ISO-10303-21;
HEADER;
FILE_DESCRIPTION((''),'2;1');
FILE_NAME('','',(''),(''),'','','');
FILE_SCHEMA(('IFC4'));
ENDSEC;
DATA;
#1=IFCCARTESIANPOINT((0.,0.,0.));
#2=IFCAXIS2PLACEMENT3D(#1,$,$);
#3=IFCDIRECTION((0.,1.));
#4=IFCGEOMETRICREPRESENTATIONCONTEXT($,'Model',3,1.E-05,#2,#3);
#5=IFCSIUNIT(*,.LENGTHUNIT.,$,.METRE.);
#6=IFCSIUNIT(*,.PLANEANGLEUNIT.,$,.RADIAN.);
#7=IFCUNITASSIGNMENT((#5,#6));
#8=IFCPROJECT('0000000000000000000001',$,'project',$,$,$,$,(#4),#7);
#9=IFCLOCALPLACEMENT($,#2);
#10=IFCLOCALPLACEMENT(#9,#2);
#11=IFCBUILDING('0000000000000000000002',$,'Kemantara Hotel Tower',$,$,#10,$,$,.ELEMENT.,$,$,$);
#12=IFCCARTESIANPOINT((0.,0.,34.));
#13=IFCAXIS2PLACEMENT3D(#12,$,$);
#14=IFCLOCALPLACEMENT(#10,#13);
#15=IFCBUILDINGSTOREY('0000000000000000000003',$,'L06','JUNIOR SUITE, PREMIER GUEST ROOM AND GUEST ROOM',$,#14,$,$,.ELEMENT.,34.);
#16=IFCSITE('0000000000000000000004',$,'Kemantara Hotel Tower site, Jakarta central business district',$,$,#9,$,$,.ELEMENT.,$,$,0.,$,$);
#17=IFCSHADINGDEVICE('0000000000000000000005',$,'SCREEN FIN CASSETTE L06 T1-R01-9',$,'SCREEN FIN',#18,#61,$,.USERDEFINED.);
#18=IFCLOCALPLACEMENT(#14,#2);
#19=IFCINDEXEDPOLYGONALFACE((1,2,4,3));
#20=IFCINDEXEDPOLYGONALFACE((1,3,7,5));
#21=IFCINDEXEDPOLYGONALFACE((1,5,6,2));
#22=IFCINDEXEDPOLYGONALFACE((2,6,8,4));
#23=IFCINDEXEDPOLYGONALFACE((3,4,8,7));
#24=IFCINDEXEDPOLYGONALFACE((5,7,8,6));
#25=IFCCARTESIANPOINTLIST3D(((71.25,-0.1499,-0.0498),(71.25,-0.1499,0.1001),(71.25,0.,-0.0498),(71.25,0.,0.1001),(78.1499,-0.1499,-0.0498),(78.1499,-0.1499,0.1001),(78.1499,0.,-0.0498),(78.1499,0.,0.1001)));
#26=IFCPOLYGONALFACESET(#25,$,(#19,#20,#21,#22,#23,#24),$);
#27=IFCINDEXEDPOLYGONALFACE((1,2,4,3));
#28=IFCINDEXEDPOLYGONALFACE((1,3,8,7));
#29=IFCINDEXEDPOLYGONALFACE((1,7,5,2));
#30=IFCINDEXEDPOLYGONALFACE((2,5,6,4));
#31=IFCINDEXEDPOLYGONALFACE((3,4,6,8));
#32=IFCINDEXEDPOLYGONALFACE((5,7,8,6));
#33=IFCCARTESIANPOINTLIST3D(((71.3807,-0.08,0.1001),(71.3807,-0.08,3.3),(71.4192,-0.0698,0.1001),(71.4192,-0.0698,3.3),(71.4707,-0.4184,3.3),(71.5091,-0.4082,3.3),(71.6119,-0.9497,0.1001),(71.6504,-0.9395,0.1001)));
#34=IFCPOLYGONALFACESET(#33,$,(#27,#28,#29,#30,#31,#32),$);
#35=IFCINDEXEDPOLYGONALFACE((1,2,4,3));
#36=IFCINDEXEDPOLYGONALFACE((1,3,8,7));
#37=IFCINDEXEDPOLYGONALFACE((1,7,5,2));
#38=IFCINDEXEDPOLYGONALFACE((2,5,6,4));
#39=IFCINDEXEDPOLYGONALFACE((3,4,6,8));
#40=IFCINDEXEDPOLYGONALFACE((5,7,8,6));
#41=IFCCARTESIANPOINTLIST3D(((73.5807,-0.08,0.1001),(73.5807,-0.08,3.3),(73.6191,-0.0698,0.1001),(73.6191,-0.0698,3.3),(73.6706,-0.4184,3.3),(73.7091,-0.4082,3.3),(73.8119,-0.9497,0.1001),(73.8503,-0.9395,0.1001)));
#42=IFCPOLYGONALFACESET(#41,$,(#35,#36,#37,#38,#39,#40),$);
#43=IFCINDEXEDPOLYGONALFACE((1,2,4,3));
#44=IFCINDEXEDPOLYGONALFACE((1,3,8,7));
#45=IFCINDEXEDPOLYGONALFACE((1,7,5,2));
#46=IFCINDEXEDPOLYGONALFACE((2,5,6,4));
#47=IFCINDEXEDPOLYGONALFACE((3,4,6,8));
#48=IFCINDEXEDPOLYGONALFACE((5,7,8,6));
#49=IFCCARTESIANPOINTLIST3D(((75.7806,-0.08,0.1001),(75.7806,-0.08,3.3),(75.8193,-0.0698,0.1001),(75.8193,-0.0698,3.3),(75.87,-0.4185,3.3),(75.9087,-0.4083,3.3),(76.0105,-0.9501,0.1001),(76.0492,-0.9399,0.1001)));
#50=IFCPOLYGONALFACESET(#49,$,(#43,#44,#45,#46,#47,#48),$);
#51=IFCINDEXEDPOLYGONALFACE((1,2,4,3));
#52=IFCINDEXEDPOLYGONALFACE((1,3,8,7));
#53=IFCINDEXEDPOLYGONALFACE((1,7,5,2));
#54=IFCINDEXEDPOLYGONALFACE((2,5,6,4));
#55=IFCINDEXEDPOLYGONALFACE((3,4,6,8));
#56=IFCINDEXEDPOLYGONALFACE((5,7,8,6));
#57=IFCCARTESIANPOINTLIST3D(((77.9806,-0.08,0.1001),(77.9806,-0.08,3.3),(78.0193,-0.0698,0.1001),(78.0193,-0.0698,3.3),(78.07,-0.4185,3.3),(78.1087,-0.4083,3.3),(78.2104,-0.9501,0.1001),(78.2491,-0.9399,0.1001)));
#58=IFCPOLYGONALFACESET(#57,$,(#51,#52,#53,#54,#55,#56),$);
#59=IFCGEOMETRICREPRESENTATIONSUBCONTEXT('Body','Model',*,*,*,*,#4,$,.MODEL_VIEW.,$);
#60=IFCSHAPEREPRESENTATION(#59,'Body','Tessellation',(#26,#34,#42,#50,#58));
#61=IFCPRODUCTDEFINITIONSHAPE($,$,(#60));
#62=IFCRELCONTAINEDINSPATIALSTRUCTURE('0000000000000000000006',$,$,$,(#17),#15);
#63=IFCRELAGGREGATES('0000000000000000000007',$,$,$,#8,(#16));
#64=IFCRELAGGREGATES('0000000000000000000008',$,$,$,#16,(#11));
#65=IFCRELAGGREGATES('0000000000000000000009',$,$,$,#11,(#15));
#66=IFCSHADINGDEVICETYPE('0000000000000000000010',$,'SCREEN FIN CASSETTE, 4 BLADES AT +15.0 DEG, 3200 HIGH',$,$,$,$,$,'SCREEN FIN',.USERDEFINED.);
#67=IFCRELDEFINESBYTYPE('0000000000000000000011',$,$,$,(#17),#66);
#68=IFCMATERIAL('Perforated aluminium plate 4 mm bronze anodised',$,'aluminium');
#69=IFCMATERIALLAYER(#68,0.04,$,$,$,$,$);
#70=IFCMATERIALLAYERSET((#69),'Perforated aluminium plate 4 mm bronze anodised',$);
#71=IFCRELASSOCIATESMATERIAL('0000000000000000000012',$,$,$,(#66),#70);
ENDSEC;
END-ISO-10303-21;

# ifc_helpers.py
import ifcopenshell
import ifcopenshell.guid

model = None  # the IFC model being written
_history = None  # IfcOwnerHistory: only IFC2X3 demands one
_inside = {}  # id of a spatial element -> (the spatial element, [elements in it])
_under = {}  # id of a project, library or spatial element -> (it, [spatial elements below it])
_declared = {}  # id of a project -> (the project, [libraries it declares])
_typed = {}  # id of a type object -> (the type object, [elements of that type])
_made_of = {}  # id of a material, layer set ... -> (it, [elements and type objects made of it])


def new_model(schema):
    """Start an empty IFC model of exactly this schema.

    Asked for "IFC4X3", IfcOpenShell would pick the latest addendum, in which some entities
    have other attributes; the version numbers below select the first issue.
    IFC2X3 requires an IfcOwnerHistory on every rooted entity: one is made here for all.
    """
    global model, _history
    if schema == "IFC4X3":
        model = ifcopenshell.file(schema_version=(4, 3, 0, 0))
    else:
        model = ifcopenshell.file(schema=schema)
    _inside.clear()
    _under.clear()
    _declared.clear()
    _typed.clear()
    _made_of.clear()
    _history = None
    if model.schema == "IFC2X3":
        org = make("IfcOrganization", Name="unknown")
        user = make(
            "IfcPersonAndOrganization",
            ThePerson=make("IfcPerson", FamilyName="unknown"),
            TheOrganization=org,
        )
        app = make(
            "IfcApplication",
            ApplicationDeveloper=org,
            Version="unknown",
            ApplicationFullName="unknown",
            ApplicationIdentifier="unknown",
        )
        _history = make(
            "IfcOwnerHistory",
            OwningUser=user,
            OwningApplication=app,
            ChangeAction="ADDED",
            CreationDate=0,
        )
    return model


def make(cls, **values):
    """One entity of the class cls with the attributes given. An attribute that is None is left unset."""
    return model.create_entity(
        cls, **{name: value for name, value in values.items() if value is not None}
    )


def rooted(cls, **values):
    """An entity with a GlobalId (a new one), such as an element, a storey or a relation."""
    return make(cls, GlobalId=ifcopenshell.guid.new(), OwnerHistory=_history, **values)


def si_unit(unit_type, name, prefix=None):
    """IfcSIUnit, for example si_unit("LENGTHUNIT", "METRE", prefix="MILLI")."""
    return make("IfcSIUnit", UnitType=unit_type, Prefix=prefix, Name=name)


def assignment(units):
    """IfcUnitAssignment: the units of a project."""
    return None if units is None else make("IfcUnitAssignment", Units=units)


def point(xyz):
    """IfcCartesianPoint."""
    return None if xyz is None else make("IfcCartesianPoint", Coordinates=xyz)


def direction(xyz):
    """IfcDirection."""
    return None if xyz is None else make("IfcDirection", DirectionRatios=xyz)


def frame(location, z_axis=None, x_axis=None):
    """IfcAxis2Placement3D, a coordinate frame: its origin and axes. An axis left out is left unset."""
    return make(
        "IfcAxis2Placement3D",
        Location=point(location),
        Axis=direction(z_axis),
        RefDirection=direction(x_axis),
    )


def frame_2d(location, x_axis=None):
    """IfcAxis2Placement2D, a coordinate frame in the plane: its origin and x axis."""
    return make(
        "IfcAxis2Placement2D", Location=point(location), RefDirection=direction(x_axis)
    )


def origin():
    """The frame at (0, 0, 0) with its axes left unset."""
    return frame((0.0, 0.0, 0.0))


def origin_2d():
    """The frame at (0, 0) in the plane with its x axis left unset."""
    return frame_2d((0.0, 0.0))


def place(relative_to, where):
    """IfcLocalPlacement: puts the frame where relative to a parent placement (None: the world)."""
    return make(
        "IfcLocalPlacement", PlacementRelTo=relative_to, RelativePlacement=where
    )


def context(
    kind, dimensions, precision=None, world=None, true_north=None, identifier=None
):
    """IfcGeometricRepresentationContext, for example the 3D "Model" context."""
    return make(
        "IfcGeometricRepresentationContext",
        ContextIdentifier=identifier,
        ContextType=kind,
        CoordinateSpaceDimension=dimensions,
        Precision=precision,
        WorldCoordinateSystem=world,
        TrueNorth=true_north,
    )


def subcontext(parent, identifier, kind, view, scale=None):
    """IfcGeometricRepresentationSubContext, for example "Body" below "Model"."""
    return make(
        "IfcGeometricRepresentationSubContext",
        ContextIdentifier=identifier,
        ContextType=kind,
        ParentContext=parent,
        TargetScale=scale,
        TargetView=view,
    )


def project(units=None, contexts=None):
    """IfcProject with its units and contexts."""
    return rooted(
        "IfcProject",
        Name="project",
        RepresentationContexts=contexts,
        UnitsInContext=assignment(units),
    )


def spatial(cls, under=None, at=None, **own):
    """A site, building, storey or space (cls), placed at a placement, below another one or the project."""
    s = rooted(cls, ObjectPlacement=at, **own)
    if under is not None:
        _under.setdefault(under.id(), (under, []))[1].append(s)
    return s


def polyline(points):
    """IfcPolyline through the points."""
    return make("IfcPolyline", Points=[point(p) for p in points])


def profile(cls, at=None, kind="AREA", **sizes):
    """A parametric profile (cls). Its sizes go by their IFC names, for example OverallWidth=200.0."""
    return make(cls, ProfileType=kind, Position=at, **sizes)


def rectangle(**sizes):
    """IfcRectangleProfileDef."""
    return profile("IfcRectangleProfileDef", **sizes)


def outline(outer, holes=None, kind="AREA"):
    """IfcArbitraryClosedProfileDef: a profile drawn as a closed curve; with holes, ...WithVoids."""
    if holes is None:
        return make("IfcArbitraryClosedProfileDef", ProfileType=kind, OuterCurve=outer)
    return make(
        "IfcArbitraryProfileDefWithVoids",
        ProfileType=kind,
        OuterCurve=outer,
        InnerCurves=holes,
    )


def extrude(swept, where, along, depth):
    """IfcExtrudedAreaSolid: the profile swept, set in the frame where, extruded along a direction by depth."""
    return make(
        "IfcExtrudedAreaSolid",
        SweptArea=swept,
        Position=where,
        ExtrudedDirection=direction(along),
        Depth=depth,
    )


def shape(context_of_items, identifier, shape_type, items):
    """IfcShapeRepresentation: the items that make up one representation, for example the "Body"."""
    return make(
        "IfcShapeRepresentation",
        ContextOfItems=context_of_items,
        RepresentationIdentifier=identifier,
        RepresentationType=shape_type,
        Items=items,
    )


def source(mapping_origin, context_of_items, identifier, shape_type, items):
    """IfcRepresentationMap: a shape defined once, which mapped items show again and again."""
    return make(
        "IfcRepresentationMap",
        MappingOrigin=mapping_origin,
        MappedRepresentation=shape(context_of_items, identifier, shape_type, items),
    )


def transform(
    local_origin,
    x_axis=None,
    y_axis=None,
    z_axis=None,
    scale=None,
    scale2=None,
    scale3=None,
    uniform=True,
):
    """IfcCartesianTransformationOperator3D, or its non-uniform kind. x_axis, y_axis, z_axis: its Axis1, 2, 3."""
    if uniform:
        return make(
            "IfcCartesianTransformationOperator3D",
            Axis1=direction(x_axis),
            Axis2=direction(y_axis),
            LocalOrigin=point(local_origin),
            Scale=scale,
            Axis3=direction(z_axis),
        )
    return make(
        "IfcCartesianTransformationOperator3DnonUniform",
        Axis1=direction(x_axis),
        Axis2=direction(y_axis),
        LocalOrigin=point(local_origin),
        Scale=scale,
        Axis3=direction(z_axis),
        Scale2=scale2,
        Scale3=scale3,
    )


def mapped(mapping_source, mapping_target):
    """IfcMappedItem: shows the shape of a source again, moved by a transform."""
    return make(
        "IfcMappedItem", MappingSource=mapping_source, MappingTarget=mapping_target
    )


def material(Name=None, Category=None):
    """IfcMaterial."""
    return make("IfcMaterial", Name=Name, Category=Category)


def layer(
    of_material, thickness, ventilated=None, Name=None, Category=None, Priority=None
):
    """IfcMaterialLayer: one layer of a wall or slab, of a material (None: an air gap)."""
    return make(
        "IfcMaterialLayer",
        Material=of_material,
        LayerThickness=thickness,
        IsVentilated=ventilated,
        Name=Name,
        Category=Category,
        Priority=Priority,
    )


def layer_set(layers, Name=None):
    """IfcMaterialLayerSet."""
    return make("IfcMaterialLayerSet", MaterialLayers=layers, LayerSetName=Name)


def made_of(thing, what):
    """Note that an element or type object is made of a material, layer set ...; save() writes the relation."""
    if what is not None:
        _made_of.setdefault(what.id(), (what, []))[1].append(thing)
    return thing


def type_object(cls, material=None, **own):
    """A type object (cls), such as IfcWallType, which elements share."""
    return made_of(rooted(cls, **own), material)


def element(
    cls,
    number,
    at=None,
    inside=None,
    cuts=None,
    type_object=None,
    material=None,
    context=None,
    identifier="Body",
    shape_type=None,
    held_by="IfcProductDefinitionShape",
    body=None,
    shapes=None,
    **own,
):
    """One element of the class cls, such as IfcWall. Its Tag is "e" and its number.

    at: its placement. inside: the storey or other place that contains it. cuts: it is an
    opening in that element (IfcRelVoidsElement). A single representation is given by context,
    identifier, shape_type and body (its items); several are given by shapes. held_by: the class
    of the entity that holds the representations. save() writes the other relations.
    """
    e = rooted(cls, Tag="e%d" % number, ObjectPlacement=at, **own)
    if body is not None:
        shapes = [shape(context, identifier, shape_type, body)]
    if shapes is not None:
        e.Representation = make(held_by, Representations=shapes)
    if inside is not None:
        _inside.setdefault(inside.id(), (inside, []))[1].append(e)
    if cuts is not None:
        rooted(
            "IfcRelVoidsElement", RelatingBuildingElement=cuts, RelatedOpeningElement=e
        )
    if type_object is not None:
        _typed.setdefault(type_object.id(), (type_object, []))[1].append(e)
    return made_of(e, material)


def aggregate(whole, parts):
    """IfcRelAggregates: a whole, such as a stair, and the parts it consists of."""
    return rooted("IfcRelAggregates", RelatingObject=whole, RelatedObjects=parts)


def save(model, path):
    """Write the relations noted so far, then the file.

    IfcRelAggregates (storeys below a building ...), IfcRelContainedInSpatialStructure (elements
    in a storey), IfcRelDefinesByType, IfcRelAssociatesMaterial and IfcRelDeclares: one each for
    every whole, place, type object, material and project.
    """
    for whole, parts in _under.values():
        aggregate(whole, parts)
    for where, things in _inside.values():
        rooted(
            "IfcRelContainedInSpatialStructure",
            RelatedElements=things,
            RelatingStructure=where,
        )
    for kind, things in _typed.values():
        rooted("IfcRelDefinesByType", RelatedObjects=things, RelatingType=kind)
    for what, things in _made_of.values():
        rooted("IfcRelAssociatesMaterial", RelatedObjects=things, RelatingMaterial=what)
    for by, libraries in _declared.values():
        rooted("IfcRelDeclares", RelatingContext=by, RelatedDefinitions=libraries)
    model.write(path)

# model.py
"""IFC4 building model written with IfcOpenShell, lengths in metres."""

from ifc_helpers import new_model, si_unit, direction, frame, origin, origin_2d, place, context, subcontext, project, spatial, polyline, rectangle, outline, extrude, source, transform, mapped, material, layer, layer_set, type_object, element, save


model = new_model("IFC4")

# Units and contexts
model_context = context("Model", 3, precision=1e-05, world=origin(), true_north=direction((0.0, 1.0)))
body_context = subcontext(model_context, "Body", "Model", "MODEL_VIEW")
ifc_project = project(units=[si_unit("LENGTHUNIT", "METRE"), si_unit("PLANEANGLEUNIT", "RADIAN")], contexts=[model_context])

# Site, building, storey
site_placement = place(None, origin())
site = spatial("IfcSite", under=ifc_project, at=site_placement, Name="Kemantara Hotel Tower site, Jakarta central business district", CompositionType="ELEMENT", RefElevation=0.0)
building_placement = place(site_placement, origin())
building = spatial("IfcBuilding", under=site, at=building_placement, Name="Kemantara Hotel Tower", CompositionType="ELEMENT")
storey_placement = place(building_placement, frame((0.0, 0.0, 34.0)))
storey = spatial("IfcBuildingStorey", under=building, at=storey_placement, Name="L06", Description="JUNIOR SUITE, PREMIER GUEST ROOM AND GUEST ROOM", CompositionType="ELEMENT", Elevation=34.0)

# Shading device
ifc_material_1 = material(Name="Perforated aluminium plate 4 mm bronze anodised", Category="aluminium")
ifc_layer_1 = layer(ifc_material_1, 0.04)
ifc_layer_set_1 = layer_set([ifc_layer_1], Name="Perforated aluminium plate 4 mm bronze anodised")
shading_device_type = type_object("IfcShadingDeviceType", Name="SCREEN FIN CASSETTE, 4 BLADES AT +15.0 DEG, 3200 HIGH", ElementType="SCREEN FIN", PredefinedType="USERDEFINED", material=ifc_layer_set_1)
shared_shape = source(origin(), body_context, "Body", "SweptSolid", [
    extrude(rectangle(XDim=6.8999, YDim=0.1499, at=origin_2d()), frame((3.3, -0.075, -0.1499), z_axis=(0.0, 0.0, 1.0), x_axis=(1.0, 0.0, 0.0)), (0.0, 0.0, 1.0), 0.1499),
    extrude(outline(polyline([(0.0, 0.0), (0.8999, 0.0), (0.3501, 3.2), (0.0, 3.2), (0.0, 0.0)])), frame((0.0193, -0.0698, 0.0), z_axis=(-0.966438, -0.256901, 0.0), x_axis=(0.256901, -0.966438, 0.0)), (0.0, 0.0, 1.0), 0.0398),
    extrude(outline(polyline([(0.0, 0.0), (0.8999, 0.0), (0.3501, 3.2), (0.0, 3.2), (0.0, 0.0)])), frame((2.2192, -0.0698, 0.0), z_axis=(-0.966438, -0.256901, 0.0), x_axis=(0.256901, -0.966438, 0.0)), (0.0, 0.0, 1.0), 0.0398),
    extrude(outline(polyline([(0.0, 0.0), (0.8999, 0.0), (0.3501, 3.2), (0.0, 3.2), (0.0, 0.0)])), frame((4.4194, -0.0698, 0.0), z_axis=(-0.966838, -0.255391, 0.0), x_axis=(0.255391, -0.966838, 0.0)), (0.0, 0.0, 1.0), 0.04),
    extrude(outline(polyline([(0.0, 0.0), (0.8999, 0.0), (0.3501, 3.2), (0.0, 3.2), (0.0, 0.0)])), frame((6.6194, -0.0698, 0.0), z_axis=(-0.966838, -0.255391, 0.0), x_axis=(0.255391, -0.966838, 0.0)), (0.0, 0.0, 1.0), 0.04),
])
shading_device_placement = place(storey_placement, frame((71.3999, 0.0, 0.1001), z_axis=(0.0, 0.0, 1.0), x_axis=(1.0, 0.0, 0.0)))
element("IfcShadingDevice", 1, at=shading_device_placement, inside=storey, type_object=shading_device_type, Name="SCREEN FIN CASSETTE L06 T1-R01-9", ObjectType="SCREEN FIN", PredefinedType="USERDEFINED", context=body_context, shape_type="MappedRepresentation", body=[
    mapped(shared_shape, transform((0.0, 0.0, 0.0))),
])

save(model, "model.ifc")
